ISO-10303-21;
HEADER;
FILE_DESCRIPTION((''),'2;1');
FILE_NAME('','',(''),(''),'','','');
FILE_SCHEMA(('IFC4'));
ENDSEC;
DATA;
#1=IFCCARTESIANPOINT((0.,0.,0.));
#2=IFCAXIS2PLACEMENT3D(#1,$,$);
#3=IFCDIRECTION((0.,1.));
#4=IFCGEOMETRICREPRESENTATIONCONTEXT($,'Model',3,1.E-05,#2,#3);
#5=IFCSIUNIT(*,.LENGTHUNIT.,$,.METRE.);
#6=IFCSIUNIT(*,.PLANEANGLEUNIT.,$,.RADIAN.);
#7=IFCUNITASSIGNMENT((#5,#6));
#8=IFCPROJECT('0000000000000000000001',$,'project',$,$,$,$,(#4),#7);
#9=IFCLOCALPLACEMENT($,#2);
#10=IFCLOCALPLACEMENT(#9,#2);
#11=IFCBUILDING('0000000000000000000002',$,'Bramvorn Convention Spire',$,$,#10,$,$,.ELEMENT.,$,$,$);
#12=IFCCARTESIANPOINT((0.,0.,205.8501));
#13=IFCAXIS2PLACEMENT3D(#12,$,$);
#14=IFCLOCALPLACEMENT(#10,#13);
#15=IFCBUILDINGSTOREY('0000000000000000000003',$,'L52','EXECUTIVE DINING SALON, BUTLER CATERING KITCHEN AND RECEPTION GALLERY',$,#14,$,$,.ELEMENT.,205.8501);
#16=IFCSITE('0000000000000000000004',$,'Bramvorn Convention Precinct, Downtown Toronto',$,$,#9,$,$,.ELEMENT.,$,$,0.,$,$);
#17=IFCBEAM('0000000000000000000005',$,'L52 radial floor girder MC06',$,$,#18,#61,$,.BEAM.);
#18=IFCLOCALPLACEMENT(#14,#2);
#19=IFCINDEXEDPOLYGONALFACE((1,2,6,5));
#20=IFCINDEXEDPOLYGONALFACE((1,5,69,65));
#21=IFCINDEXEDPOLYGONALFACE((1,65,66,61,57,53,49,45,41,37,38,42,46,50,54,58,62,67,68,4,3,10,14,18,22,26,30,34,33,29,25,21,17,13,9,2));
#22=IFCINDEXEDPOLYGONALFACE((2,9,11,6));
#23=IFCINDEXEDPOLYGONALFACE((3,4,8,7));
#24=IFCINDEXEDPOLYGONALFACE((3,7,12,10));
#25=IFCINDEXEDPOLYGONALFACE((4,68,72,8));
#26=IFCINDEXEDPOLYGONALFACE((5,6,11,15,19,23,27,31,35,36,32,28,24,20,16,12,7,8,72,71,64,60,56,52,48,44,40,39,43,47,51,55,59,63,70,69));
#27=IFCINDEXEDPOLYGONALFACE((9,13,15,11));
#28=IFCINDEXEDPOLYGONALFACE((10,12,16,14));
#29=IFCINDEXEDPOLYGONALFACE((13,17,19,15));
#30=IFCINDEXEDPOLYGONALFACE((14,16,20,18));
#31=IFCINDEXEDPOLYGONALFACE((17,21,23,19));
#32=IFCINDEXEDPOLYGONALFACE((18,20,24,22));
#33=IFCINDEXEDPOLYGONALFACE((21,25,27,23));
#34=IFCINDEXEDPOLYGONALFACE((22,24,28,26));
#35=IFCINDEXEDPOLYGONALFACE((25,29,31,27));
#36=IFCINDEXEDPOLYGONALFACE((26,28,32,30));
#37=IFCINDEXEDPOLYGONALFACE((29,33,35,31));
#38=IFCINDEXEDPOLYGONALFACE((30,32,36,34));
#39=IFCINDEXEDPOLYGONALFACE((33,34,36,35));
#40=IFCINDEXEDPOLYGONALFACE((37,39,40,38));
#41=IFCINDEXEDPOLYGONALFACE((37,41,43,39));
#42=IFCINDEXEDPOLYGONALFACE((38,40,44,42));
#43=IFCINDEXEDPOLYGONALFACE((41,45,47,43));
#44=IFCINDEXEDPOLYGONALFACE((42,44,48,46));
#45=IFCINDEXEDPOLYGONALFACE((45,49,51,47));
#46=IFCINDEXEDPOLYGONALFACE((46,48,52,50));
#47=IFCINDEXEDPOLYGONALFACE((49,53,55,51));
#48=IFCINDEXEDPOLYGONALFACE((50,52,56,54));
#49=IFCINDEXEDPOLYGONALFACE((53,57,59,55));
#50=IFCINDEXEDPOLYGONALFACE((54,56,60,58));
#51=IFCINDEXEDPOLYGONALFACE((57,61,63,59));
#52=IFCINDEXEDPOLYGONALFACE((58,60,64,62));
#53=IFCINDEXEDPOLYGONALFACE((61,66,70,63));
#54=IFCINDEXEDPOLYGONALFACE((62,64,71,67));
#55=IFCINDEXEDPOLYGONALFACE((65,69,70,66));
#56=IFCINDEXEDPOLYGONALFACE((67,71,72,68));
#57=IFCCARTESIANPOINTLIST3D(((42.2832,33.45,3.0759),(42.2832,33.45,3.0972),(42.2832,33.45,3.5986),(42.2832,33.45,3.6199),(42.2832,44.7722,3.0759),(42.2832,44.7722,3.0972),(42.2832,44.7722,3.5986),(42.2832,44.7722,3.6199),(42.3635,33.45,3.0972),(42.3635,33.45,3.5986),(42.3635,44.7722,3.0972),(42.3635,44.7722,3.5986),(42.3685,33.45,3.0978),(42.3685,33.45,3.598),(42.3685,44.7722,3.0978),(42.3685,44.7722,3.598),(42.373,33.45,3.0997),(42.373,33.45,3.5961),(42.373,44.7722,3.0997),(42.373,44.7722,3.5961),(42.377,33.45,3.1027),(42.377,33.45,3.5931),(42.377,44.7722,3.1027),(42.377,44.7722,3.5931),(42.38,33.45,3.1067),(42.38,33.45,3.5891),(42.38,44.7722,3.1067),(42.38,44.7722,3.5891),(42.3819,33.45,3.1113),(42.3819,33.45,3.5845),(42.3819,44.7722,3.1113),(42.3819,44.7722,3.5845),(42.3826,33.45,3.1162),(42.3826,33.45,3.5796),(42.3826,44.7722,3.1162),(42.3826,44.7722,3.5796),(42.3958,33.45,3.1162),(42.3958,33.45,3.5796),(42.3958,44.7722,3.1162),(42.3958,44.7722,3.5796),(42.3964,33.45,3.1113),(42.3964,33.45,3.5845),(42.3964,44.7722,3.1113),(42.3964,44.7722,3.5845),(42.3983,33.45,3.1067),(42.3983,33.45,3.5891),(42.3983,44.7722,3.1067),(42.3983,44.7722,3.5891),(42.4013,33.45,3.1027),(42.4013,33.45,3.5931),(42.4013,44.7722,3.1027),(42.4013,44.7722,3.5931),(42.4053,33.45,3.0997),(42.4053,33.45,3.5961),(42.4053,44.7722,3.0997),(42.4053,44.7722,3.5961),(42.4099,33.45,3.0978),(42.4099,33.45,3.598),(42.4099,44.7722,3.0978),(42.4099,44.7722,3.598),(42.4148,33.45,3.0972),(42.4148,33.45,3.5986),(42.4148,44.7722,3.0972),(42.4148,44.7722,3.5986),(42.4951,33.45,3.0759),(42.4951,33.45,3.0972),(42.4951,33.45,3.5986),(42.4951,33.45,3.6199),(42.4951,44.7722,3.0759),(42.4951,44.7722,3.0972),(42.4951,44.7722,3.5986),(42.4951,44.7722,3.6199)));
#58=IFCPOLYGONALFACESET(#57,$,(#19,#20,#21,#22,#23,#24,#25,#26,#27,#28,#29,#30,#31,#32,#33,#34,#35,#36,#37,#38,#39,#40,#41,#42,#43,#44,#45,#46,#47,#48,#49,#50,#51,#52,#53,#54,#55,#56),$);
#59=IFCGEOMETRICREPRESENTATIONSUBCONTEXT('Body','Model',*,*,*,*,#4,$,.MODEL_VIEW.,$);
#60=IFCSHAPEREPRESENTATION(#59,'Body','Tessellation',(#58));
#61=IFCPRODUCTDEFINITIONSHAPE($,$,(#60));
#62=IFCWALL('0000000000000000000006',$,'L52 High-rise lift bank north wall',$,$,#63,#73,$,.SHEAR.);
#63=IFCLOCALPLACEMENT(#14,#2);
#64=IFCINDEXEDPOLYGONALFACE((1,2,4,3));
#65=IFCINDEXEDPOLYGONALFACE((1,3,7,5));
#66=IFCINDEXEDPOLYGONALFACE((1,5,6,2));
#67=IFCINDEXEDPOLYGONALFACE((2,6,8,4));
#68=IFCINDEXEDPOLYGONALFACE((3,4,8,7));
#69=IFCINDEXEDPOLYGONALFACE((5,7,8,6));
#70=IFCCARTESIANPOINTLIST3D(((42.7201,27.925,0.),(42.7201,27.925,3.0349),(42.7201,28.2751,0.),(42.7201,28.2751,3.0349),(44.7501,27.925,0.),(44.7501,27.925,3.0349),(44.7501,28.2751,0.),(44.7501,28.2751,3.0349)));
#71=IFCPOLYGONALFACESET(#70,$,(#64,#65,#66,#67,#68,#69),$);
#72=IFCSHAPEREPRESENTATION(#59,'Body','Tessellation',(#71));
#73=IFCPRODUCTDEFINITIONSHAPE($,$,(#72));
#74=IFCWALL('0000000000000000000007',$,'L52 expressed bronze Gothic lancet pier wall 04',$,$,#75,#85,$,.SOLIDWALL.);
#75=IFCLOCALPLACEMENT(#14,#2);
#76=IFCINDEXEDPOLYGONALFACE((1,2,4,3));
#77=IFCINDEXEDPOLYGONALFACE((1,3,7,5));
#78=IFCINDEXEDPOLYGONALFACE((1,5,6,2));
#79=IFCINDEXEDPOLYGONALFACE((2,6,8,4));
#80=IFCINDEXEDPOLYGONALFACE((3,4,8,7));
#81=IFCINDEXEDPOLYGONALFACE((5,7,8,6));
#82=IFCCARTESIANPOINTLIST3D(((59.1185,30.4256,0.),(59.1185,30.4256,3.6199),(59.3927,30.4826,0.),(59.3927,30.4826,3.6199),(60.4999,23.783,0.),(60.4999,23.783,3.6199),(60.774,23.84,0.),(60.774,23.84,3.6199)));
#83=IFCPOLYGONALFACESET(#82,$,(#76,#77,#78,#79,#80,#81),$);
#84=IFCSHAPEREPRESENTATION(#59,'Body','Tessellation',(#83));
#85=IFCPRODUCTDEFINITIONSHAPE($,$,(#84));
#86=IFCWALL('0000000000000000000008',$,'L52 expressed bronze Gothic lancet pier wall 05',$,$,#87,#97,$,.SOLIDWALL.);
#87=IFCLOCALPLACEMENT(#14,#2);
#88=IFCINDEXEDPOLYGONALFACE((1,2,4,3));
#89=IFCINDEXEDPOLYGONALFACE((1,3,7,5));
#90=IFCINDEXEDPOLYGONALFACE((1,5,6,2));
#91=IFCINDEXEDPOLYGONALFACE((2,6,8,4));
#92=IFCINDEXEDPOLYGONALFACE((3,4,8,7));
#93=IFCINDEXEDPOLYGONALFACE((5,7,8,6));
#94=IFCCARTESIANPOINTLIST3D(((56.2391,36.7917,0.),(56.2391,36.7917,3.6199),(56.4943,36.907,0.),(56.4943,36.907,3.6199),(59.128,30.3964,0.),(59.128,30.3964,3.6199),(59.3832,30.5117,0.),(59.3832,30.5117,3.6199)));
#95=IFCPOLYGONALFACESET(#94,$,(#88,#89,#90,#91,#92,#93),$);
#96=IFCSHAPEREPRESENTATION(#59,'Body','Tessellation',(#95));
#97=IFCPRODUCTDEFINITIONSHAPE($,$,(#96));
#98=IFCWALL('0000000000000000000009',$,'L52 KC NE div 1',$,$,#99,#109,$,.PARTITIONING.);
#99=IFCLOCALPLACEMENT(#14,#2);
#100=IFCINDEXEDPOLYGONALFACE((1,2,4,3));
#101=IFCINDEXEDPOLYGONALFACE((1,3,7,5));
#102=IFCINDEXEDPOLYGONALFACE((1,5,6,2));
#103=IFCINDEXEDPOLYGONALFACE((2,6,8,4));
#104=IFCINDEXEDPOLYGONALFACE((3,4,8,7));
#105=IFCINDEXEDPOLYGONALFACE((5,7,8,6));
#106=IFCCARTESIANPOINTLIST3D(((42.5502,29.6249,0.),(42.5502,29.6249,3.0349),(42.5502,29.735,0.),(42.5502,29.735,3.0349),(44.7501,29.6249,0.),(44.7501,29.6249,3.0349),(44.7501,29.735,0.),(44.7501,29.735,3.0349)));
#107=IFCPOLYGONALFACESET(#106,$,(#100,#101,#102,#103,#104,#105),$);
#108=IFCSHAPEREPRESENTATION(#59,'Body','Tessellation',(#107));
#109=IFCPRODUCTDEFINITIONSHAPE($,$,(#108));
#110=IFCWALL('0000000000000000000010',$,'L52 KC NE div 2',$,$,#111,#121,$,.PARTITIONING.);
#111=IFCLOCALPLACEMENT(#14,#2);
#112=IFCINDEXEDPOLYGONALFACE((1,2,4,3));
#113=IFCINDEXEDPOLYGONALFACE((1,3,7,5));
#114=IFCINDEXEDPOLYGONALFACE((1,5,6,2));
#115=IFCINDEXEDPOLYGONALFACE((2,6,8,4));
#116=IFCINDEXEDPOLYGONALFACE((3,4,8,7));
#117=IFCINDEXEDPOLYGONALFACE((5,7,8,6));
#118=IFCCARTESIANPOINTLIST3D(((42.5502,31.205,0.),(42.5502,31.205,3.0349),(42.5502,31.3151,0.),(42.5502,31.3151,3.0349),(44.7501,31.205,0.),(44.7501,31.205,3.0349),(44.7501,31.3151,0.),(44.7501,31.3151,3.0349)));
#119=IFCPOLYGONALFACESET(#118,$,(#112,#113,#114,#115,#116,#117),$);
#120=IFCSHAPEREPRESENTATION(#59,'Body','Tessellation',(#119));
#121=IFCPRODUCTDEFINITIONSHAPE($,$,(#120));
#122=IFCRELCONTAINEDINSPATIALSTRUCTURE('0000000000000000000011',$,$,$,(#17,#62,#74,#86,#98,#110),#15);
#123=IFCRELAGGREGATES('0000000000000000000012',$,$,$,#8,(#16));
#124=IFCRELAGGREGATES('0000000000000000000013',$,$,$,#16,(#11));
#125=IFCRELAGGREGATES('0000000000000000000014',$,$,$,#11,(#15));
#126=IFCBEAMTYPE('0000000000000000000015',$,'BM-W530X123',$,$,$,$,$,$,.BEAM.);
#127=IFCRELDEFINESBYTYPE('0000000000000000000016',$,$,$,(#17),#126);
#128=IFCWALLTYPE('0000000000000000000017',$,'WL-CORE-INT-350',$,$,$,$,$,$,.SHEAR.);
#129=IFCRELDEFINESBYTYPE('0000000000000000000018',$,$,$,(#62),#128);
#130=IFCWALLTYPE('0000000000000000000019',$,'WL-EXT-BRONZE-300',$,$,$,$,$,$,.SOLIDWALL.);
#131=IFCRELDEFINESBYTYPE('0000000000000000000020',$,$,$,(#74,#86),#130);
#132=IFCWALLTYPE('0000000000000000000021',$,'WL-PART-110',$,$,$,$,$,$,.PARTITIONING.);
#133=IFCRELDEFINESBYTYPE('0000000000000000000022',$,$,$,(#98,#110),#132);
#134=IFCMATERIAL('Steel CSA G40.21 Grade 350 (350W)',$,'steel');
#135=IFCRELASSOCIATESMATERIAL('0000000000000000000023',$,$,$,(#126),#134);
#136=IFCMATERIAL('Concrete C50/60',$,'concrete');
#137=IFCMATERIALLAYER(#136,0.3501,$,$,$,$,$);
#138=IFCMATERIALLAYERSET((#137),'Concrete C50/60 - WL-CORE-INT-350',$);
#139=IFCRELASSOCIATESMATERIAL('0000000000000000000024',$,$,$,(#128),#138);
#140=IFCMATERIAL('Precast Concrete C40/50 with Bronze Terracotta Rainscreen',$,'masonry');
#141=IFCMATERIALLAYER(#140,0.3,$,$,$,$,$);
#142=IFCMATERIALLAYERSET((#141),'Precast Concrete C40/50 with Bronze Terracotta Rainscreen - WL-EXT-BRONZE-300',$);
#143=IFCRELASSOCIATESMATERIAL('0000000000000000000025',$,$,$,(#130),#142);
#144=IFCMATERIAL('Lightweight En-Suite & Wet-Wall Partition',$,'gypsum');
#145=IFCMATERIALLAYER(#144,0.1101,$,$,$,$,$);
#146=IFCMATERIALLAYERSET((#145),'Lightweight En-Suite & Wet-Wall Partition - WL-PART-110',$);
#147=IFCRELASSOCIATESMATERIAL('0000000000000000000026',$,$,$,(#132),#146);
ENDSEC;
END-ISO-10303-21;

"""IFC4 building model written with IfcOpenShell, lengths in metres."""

from ifc_helpers import new_model, si_unit, direction, frame, frame_2d, origin, origin_2d, place, context, subcontext, project, spatial, rectangle, i_section, extrude, material, layer, layer_set, material_profile, profile_set, type_object, element, save


model = new_model("IFC4")

# Units and contexts
model_context = context("Model", 3, precision=1e-05, world=origin(), true_north=direction((0.0, 1.0)))
body_context = subcontext(model_context, "Body", "Model", "MODEL_VIEW")
ifc_project = project(units=[si_unit("LENGTHUNIT", "METRE"), si_unit("PLANEANGLEUNIT", "RADIAN")], contexts=[model_context])

# Site, building, storey
site_placement = place(None, origin())
site = spatial("IfcSite", under=ifc_project, at=site_placement, Name="Bramvorn Convention Precinct, Downtown Toronto", CompositionType="ELEMENT", RefElevation=0.0)
building_placement = place(site_placement, origin())
building = spatial("IfcBuilding", under=site, at=building_placement, Name="Bramvorn Convention Spire", CompositionType="ELEMENT")
storey_placement = place(building_placement, frame((0.0, 0.0, 205.8501)))
storey = spatial("IfcBuildingStorey", under=building, at=storey_placement, Name="L52", Description="EXECUTIVE DINING SALON, BUTLER CATERING KITCHEN AND RECEPTION GALLERY", CompositionType="ELEMENT", Elevation=205.8501)

# Shared definitions
ifc_material_1 = material(Name="Steel CSA G40.21 Grade 350 (350W)", Category="steel")

# Beam
ifc_material_profile_1 = material_profile(ifc_material_1, i_section(OverallWidth=0.2119, OverallDepth=0.5439, WebThickness=0.0132, FlangeThickness=0.0212, FilletRadius=0.019, at=origin_2d()))
ifc_profile_set_1 = profile_set([ifc_material_profile_1], Name="Steel CSA G40.21 Grade 350 (350W) - W530X123")
beam_type_1 = type_object("IfcBeamType", Name="BM-W530X123", PredefinedType="BEAM", material=ifc_profile_set_1)
beam_1_placement = place(storey_placement, frame((42.3892, 33.45, 3.3479), z_axis=(0.0, 1.0, 0.0), x_axis=(-1.0, 0.0, 0.0)))
element("IfcBeam", 1, at=beam_1_placement, inside=storey, type_object=beam_type_1, Name="L52 radial floor girder MC06", PredefinedType="BEAM", context=body_context, shape_type="SweptSolid", body=[
    extrude(i_section(OverallWidth=0.2119, OverallDepth=0.5439, WebThickness=0.0132, FlangeThickness=0.0212, FilletRadius=0.019, at=origin_2d()), origin(), (0.0, 0.0, 1.0), 11.3223),
])

# Shared definitions
ifc_material_2 = material(Name="Concrete C50/60", Category="concrete")
ifc_layer_1 = layer(ifc_material_2, 0.3501)
ifc_layer_set_1 = layer_set([ifc_layer_1], Name="Concrete C50/60 - WL-CORE-INT-350")
wall_type_1 = type_object("IfcWallType", Name="WL-CORE-INT-350", PredefinedType="SHEAR", material=ifc_layer_set_1)

# Walls
wall_1_placement = place(storey_placement, frame((42.72, 28.1001, 0.0), z_axis=(0.0, 0.0, 1.0), x_axis=(1.0, 0.0, 0.0)))
element("IfcWall", 2, at=wall_1_placement, inside=storey, type_object=wall_type_1, Name="L52 High-rise lift bank north wall", PredefinedType="SHEAR", context=body_context, shape_type="SweptSolid", body=[
    extrude(rectangle(XDim=2.03, YDim=0.3501, at=frame_2d((1.0151, 0.0))), origin(), (0.0, 0.0, 1.0), 3.0349),
])
ifc_material_3 = material(Name="Precast Concrete C40/50 with Bronze Terracotta Rainscreen", Category="masonry")
ifc_layer_2 = layer(ifc_material_3, 0.3)
ifc_layer_set_2 = layer_set([ifc_layer_2], Name="Precast Concrete C40/50 with Bronze Terracotta Rainscreen - WL-EXT-BRONZE-300")
wall_type_2 = type_object("IfcWallType", Name="WL-EXT-BRONZE-300", PredefinedType="SOLIDWALL", material=ifc_layer_set_2)
wall_2_placement = place(storey_placement, frame((59.2556, 30.4541, 0.0), z_axis=(0.0, 0.0, 1.0), x_axis=(0.203598, -0.979055, 0.0)))
element("IfcWall", 3, at=wall_2_placement, inside=storey, type_object=wall_type_2, Name="L52 expressed bronze Gothic lancet pier wall 04", PredefinedType="SOLIDWALL", context=body_context, shape_type="SweptSolid", body=[
    extrude(rectangle(XDim=6.7847, YDim=0.28, at=frame_2d((3.3923, 0.0))), origin(), (0.0, 0.0, 1.0), 3.6199),
])
wall_3_placement = place(storey_placement, frame((56.3667, 36.8494, 0.0), z_axis=(0.0, 0.0, 1.0), x_axis=(0.411673, -0.911331, 0.0)))
element("IfcWall", 4, at=wall_3_placement, inside=storey, type_object=wall_type_2, Name="L52 expressed bronze Gothic lancet pier wall 05", PredefinedType="SOLIDWALL", context=body_context, shape_type="SweptSolid", body=[
    extrude(rectangle(XDim=7.0176, YDim=0.28, at=frame_2d((3.5088, 0.0))), origin(), (0.0, 0.0, 1.0), 3.6199),
])
ifc_material_4 = material(Name="Lightweight En-Suite & Wet-Wall Partition", Category="gypsum")
ifc_layer_3 = layer(ifc_material_4, 0.1101)
ifc_layer_set_3 = layer_set([ifc_layer_3], Name="Lightweight En-Suite & Wet-Wall Partition - WL-PART-110")
wall_type_3 = type_object("IfcWallType", Name="WL-PART-110", PredefinedType="PARTITIONING", material=ifc_layer_set_3)
for number, where, z_axis, x_axis, name in (
    (5, (42.55, 29.6799, 0.0), (0.0, 0.0, 1.0), (1.0, 0.0, 0.0), "L52 KC NE div 1"),
    (6, (42.55, 31.26, 0.0), (0.0, 0.0, 1.0), (1.0, 0.0, 0.0), "L52 KC NE div 2"),
):
    element("IfcWall", number, at=place(storey_placement, frame(where, z_axis=z_axis, x_axis=x_axis)), inside=storey, type_object=wall_type_3, Name=name, PredefinedType="PARTITIONING", context=body_context, shape_type="SweptSolid", body=[
        extrude(rectangle(XDim=2.2, YDim=0.1101, at=frame_2d((1.1001, 0.0))), origin(), (0.0, 0.0, 1.0), 3.0349),
    ])

save(model, "model.ifc")
